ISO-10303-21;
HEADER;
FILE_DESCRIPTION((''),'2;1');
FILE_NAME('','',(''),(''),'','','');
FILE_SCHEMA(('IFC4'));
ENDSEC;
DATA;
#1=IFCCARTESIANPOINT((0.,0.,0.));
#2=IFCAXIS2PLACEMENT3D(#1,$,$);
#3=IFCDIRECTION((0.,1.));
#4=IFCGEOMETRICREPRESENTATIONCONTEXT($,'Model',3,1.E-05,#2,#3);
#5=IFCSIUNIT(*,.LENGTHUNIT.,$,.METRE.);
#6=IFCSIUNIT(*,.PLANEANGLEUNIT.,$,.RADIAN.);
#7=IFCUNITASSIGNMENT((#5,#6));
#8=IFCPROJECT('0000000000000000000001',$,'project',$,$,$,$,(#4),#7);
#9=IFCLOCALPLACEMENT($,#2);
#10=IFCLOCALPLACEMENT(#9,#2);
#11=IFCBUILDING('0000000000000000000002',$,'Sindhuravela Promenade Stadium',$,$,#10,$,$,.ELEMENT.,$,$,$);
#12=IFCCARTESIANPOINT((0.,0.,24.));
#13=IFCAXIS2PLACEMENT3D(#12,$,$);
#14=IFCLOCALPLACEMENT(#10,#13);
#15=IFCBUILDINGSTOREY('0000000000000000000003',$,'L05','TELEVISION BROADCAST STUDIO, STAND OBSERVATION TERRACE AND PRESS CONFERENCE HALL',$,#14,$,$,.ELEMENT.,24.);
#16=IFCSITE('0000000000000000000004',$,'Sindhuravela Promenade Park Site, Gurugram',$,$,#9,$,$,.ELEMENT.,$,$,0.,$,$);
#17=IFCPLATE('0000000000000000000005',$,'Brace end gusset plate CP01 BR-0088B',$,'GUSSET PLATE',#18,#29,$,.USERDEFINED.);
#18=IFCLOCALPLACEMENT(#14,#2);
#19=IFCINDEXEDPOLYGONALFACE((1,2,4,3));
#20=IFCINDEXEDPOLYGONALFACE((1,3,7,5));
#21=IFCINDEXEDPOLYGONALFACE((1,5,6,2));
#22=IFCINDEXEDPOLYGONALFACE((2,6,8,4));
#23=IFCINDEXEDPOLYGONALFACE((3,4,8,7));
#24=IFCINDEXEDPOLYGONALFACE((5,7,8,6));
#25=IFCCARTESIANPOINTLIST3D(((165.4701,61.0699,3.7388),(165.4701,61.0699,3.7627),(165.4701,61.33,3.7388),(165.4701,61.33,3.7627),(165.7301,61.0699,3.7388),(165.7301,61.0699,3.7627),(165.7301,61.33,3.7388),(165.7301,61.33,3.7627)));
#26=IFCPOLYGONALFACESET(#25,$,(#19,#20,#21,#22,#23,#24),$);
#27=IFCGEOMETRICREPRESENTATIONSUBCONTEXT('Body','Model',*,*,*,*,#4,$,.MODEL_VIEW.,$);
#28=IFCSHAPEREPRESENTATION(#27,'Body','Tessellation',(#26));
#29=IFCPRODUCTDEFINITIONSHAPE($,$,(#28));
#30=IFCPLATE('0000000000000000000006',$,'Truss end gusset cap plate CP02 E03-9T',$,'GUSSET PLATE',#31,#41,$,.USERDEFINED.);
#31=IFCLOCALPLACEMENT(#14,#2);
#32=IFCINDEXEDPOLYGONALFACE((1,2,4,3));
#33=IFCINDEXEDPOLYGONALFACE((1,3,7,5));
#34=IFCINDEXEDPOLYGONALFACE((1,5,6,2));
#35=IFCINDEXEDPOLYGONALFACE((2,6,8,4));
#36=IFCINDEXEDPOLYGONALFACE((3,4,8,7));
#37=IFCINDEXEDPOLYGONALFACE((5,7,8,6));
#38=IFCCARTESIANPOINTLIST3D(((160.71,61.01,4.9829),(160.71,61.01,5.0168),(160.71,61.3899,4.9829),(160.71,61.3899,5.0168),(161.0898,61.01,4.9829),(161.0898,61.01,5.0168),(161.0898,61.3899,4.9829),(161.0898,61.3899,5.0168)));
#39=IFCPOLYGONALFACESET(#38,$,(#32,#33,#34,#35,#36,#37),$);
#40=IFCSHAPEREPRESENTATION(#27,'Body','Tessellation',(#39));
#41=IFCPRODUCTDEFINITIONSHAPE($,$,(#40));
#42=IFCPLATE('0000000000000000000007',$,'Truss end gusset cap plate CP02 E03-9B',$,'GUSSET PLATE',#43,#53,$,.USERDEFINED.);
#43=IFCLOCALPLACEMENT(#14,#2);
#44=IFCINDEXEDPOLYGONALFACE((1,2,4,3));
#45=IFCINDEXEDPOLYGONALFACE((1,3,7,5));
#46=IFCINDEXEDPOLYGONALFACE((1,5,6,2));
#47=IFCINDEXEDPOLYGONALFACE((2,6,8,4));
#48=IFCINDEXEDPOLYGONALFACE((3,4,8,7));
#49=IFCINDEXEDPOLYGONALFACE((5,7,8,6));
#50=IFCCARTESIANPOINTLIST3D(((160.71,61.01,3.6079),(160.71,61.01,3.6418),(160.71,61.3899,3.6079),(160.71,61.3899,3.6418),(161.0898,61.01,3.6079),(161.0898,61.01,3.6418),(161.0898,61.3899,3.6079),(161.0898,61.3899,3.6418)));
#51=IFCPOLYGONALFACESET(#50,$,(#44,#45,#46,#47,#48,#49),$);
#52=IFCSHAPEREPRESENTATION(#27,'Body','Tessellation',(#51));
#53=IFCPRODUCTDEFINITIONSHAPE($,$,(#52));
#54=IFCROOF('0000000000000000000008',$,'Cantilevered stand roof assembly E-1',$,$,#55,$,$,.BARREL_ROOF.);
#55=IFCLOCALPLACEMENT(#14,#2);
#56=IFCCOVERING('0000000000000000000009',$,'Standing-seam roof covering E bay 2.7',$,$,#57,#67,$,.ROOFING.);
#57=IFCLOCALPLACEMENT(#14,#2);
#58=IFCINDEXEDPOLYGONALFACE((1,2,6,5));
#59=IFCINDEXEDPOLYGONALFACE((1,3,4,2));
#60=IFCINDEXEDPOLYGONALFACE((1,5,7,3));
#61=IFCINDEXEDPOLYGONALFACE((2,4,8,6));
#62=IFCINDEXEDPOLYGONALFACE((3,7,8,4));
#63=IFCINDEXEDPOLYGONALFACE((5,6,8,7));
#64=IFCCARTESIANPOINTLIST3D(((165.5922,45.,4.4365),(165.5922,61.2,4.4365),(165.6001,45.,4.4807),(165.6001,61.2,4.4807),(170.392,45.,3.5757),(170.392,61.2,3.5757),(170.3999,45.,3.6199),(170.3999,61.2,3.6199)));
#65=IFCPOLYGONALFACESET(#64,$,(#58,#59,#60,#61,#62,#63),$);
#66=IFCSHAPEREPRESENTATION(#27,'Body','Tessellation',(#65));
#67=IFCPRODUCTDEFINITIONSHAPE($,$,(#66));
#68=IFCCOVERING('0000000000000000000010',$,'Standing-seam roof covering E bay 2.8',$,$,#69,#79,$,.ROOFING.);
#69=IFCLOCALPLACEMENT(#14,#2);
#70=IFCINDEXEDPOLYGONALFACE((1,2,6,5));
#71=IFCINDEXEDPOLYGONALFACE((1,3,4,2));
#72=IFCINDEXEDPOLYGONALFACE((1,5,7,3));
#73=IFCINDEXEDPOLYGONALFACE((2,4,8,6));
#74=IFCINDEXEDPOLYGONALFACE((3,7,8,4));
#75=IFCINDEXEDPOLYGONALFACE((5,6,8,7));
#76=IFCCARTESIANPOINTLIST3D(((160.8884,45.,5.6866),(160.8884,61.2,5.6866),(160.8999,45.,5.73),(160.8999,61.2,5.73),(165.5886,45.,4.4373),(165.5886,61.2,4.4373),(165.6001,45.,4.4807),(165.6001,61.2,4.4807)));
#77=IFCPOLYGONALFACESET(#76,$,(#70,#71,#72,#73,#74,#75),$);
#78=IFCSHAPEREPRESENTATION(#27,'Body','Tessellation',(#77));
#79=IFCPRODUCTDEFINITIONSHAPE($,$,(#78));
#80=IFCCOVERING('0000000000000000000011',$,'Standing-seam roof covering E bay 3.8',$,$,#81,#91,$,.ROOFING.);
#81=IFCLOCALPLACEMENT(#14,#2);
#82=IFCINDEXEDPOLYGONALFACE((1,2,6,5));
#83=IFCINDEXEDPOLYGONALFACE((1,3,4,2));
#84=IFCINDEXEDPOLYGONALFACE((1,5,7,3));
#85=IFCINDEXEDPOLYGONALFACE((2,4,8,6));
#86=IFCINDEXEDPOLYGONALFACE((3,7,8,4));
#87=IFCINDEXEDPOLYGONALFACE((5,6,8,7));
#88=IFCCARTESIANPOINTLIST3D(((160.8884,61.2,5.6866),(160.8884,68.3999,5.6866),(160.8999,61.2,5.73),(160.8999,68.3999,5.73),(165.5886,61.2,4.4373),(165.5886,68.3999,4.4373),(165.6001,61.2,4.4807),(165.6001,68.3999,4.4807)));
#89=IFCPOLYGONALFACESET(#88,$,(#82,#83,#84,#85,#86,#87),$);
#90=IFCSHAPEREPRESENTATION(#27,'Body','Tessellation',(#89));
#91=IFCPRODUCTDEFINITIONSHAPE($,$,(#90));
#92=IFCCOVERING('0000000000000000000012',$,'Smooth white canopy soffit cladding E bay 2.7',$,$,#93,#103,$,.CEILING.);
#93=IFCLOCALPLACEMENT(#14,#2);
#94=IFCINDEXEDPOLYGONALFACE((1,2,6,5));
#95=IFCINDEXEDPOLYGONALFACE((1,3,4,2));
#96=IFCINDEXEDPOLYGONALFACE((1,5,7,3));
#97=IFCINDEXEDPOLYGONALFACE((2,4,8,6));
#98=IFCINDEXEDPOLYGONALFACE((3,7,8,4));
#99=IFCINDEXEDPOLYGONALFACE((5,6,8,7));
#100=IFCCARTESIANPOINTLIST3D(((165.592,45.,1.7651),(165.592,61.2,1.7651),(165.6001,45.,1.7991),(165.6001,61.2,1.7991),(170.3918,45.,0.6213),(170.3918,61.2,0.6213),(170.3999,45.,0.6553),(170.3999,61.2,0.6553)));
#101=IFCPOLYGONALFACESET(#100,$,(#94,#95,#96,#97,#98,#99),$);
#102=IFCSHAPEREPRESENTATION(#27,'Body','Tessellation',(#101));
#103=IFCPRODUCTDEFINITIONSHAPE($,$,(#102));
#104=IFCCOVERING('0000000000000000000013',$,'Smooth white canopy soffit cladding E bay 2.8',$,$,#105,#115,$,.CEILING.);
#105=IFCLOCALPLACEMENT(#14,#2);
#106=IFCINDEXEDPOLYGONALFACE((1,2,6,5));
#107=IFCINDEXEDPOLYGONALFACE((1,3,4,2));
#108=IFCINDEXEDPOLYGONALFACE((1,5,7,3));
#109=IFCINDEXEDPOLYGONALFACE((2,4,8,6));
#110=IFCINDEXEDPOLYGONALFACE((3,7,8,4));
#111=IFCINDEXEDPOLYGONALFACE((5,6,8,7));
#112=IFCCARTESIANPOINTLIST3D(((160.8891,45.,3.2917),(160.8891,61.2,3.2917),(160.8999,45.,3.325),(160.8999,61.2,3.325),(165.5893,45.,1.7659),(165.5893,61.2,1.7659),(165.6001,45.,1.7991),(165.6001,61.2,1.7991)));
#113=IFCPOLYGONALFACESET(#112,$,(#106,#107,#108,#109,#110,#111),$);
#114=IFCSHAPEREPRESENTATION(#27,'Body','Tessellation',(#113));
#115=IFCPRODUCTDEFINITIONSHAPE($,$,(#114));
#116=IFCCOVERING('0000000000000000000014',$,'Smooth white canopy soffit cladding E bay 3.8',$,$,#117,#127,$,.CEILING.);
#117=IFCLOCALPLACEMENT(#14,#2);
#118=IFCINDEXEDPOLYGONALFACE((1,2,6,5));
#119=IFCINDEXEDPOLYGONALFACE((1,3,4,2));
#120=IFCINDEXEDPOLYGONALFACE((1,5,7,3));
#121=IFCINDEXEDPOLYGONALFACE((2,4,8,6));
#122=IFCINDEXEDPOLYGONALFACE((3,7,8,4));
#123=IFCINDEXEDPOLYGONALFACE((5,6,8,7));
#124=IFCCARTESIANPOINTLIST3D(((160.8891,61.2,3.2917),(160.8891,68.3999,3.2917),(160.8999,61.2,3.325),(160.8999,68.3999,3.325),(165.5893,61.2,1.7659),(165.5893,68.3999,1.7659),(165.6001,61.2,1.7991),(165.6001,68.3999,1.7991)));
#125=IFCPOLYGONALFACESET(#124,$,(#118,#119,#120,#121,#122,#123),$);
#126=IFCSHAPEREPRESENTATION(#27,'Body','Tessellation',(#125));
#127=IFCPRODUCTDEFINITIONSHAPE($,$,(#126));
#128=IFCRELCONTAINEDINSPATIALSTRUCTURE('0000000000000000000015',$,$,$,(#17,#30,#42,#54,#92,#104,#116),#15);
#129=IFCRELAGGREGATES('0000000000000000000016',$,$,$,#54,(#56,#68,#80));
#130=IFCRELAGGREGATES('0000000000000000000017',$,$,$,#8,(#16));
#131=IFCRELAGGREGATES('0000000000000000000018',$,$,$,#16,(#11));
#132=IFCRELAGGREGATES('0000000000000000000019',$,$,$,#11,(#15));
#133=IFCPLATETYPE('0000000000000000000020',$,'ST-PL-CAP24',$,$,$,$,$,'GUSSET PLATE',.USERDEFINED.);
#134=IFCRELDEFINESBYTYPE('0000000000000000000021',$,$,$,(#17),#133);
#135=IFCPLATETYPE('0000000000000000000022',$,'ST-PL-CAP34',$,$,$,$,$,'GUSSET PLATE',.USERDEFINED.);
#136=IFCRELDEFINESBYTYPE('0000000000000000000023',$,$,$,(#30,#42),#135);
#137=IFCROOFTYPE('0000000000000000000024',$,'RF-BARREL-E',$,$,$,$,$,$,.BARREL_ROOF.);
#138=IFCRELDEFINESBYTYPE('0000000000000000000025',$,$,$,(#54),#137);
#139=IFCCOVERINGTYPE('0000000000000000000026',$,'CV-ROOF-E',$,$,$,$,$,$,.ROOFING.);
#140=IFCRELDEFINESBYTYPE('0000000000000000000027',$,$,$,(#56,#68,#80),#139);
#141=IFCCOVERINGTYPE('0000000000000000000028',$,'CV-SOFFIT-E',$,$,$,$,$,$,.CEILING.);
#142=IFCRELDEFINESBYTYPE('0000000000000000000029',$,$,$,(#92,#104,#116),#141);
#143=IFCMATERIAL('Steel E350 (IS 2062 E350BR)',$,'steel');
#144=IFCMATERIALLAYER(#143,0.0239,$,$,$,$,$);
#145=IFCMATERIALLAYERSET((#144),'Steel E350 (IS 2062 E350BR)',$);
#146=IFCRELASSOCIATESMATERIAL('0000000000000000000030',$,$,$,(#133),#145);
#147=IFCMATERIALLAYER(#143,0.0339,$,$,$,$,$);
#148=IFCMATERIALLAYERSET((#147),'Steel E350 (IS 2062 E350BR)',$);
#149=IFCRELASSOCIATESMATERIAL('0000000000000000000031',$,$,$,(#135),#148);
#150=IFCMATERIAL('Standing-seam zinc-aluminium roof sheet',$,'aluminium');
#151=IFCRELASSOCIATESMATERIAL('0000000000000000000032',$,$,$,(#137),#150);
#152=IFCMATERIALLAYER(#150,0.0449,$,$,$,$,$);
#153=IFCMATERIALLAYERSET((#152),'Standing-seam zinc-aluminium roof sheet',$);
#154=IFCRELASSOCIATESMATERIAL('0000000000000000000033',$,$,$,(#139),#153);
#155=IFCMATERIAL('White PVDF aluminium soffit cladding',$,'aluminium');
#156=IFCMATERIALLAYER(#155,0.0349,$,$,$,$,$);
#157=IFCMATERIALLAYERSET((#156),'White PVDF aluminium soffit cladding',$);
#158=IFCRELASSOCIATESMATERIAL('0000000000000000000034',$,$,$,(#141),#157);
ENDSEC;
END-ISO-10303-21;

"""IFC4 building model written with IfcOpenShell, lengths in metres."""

from ifc_helpers import new_model, si_unit, direction, frame, origin, origin_2d, place, context, subcontext, project, spatial, polyline, rectangle, outline, extrude, material, layer, layer_set, type_object, element, aggregate, save


model = new_model("IFC4")

# Units and contexts
model_context = context("Model", 3, precision=1e-05, world=origin(), true_north=direction((0.0, 1.0)))
body_context = subcontext(model_context, "Body", "Model", "MODEL_VIEW")
ifc_project = project(units=[si_unit("LENGTHUNIT", "METRE"), si_unit("PLANEANGLEUNIT", "RADIAN")], contexts=[model_context])

# Site, building, storey
site_placement = place(None, origin())
site = spatial("IfcSite", under=ifc_project, at=site_placement, Name="Sindhuravela Promenade Park Site, Gurugram", CompositionType="ELEMENT", RefElevation=0.0)
building_placement = place(site_placement, origin())
building = spatial("IfcBuilding", under=site, at=building_placement, Name="Sindhuravela Promenade Stadium", CompositionType="ELEMENT")
storey_placement = place(building_placement, frame((0.0, 0.0, 24.0)))
storey = spatial("IfcBuildingStorey", under=building, at=storey_placement, Name="L05", Description="TELEVISION BROADCAST STUDIO, STAND OBSERVATION TERRACE AND PRESS CONFERENCE HALL", CompositionType="ELEMENT", Elevation=24.0)

# Shared definitions
ifc_material_1 = material(Name="Steel E350 (IS 2062 E350BR)", Category="steel")

# Plates
ifc_layer_1 = layer(ifc_material_1, 0.0239)
ifc_layer_set_1 = layer_set([ifc_layer_1], Name="Steel E350 (IS 2062 E350BR)")
plate_type_1 = type_object("IfcPlateType", Name="ST-PL-CAP24", ElementType="GUSSET PLATE", PredefinedType="USERDEFINED", material=ifc_layer_set_1)
for number, where, z_axis, x_axis, name in (
    (1, (165.6001, 61.2, 3.7388), (0.0, 0.0, 1.0), (1.0, 0.0, 0.0), "Brace end gusset plate CP01 BR-0088B"),
):
    element("IfcPlate", number, at=place(storey_placement, frame(where, z_axis=z_axis, x_axis=x_axis)), inside=storey, type_object=plate_type_1, Name=name, ObjectType="GUSSET PLATE", PredefinedType="USERDEFINED", context=body_context, shape_type="SweptSolid", body=[
        extrude(rectangle(XDim=0.26, YDim=0.26, at=origin_2d()), origin(), (0.0, 0.0, 1.0), 0.0239),
    ])
ifc_layer_2 = layer(ifc_material_1, 0.0339)
ifc_layer_set_2 = layer_set([ifc_layer_2], Name="Steel E350 (IS 2062 E350BR)")
plate_type_2 = type_object("IfcPlateType", Name="ST-PL-CAP34", ElementType="GUSSET PLATE", PredefinedType="USERDEFINED", material=ifc_layer_set_2)
for number, where, z_axis, x_axis, name in (
    (2, (160.8999, 61.2, 4.9829), (0.0, 0.0, 1.0), (1.0, 0.0, 0.0), "Truss end gusset cap plate CP02 E03-9T"),
    (3, (160.8999, 61.2, 3.6079), (0.0, 0.0, 1.0), (1.0, 0.0, 0.0), "Truss end gusset cap plate CP02 E03-9B"),
):
    element("IfcPlate", number, at=place(storey_placement, frame(where, z_axis=z_axis, x_axis=x_axis)), inside=storey, type_object=plate_type_2, Name=name, ObjectType="GUSSET PLATE", PredefinedType="USERDEFINED", context=body_context, shape_type="SweptSolid", body=[
        extrude(rectangle(XDim=0.3799, YDim=0.3799, at=origin_2d()), origin(), (0.0, 0.0, 1.0), 0.0339),
    ])

# Roof, coverings
ifc_material_2 = material(Name="Standing-seam zinc-aluminium roof sheet", Category="aluminium")
roof_type = type_object("IfcRoofType", Name="RF-BARREL-E", PredefinedType="BARREL_ROOF", material=ifc_material_2)
roof_placement = place(storey_placement, origin())
roof = element("IfcRoof", 4, at=roof_placement, inside=storey, type_object=roof_type, Name="Cantilevered stand roof assembly E-1", PredefinedType="BARREL_ROOF")
ifc_layer_3 = layer(ifc_material_2, 0.0449)
ifc_layer_set_3 = layer_set([ifc_layer_3], Name="Standing-seam zinc-aluminium roof sheet")
covering_type_1 = type_object("IfcCoveringType", Name="CV-ROOF-E", PredefinedType="ROOFING", material=ifc_layer_set_3)
covering_1_placement = place(storey_placement, frame((170.3999, 45.0, 3.6199), z_axis=(0.176532, 0.0, 0.984295), x_axis=(0.0, 1.0, 0.0)))
covering_1 = element("IfcCovering", 5, at=covering_1_placement, type_object=covering_type_1, Name="Standing-seam roof covering E bay 2.7", PredefinedType="ROOFING", context=body_context, shape_type="SweptSolid", body=[
    extrude(outline(polyline([(0.0, 0.0), (16.2, 0.0), (16.2, 4.8764), (0.0, 4.8764), (0.0, 0.0)])), origin(), (0.0, 0.0, -1.0), 0.0449),
])
covering_2_placement = place(storey_placement, frame((165.6001, 45.0, 4.4807), z_axis=(0.256872, 0.0, 0.966445), x_axis=(0.0, 1.0, 0.0)))
covering_2 = element("IfcCovering", 6, at=covering_2_placement, type_object=covering_type_1, Name="Standing-seam roof covering E bay 2.8", PredefinedType="ROOFING", context=body_context, shape_type="SweptSolid", body=[
    extrude(outline(polyline([(0.0, 0.0), (16.2, 0.0), (16.2, 4.8634), (0.0, 4.8634), (0.0, 0.0)])), origin(), (0.0, 0.0, -1.0), 0.0449),
])
covering_3_placement = place(storey_placement, frame((165.6001, 61.2, 4.4807), z_axis=(0.256872, 0.0, 0.966445), x_axis=(0.0, 1.0, 0.0)))
covering_3 = element("IfcCovering", 7, at=covering_3_placement, type_object=covering_type_1, Name="Standing-seam roof covering E bay 3.8", PredefinedType="ROOFING", context=body_context, shape_type="SweptSolid", body=[
    extrude(outline(polyline([(0.0, 0.0), (7.2, 0.0), (7.2, 4.8634), (0.0, 4.8634), (0.0, 0.0)])), origin(), (0.0, 0.0, -1.0), 0.0449),
])
aggregate(roof, [covering_1, covering_2, covering_3])

# Coverings
ifc_material_3 = material(Name="White PVDF aluminium soffit cladding", Category="aluminium")
ifc_layer_4 = layer(ifc_material_3, 0.0349)
ifc_layer_set_4 = layer_set([ifc_layer_4], Name="White PVDF aluminium soffit cladding")
covering_type_2 = type_object("IfcCoveringType", Name="CV-SOFFIT-E", PredefinedType="CEILING", material=ifc_layer_set_4)
covering_4_placement = place(storey_placement, frame((170.3999, 45.0, 0.6553), z_axis=(0.23181, 0.0, 0.972761), x_axis=(0.0, 1.0, 0.0)))
element("IfcCovering", 8, at=covering_4_placement, inside=storey, type_object=covering_type_2, Name="Smooth white canopy soffit cladding E bay 2.7", PredefinedType="CEILING", context=body_context, shape_type="SweptSolid", body=[
    extrude(outline(polyline([(0.0, 0.0), (16.2, 0.0), (16.2, 4.9342), (0.0, 4.9342), (0.0, 0.0)])), origin(), (0.0, 0.0, -1.0), 0.0349),
])
covering_5_placement = place(storey_placement, frame((165.6001, 45.0, 1.7991), z_axis=(0.308778, 0.0, 0.951134), x_axis=(0.0, 1.0, 0.0)))
element("IfcCovering", 9, at=covering_5_placement, inside=storey, type_object=covering_type_2, Name="Smooth white canopy soffit cladding E bay 2.8", PredefinedType="CEILING", context=body_context, shape_type="SweptSolid", body=[
    extrude(outline(polyline([(0.0, 0.0), (16.2, 0.0), (16.2, 4.9417), (0.0, 4.9417), (0.0, 0.0)])), origin(), (0.0, 0.0, -1.0), 0.0349),
])
covering_6_placement = place(storey_placement, frame((165.6001, 61.2, 1.7991), z_axis=(0.308778, 0.0, 0.951134), x_axis=(0.0, 1.0, 0.0)))
element("IfcCovering", 10, at=covering_6_placement, inside=storey, type_object=covering_type_2, Name="Smooth white canopy soffit cladding E bay 3.8", PredefinedType="CEILING", context=body_context, shape_type="SweptSolid", body=[
    extrude(outline(polyline([(0.0, 0.0), (7.2, 0.0), (7.2, 4.9417), (0.0, 4.9417), (0.0, 0.0)])), origin(), (0.0, 0.0, -1.0), 0.0349),
])

save(model, "model.ifc")
